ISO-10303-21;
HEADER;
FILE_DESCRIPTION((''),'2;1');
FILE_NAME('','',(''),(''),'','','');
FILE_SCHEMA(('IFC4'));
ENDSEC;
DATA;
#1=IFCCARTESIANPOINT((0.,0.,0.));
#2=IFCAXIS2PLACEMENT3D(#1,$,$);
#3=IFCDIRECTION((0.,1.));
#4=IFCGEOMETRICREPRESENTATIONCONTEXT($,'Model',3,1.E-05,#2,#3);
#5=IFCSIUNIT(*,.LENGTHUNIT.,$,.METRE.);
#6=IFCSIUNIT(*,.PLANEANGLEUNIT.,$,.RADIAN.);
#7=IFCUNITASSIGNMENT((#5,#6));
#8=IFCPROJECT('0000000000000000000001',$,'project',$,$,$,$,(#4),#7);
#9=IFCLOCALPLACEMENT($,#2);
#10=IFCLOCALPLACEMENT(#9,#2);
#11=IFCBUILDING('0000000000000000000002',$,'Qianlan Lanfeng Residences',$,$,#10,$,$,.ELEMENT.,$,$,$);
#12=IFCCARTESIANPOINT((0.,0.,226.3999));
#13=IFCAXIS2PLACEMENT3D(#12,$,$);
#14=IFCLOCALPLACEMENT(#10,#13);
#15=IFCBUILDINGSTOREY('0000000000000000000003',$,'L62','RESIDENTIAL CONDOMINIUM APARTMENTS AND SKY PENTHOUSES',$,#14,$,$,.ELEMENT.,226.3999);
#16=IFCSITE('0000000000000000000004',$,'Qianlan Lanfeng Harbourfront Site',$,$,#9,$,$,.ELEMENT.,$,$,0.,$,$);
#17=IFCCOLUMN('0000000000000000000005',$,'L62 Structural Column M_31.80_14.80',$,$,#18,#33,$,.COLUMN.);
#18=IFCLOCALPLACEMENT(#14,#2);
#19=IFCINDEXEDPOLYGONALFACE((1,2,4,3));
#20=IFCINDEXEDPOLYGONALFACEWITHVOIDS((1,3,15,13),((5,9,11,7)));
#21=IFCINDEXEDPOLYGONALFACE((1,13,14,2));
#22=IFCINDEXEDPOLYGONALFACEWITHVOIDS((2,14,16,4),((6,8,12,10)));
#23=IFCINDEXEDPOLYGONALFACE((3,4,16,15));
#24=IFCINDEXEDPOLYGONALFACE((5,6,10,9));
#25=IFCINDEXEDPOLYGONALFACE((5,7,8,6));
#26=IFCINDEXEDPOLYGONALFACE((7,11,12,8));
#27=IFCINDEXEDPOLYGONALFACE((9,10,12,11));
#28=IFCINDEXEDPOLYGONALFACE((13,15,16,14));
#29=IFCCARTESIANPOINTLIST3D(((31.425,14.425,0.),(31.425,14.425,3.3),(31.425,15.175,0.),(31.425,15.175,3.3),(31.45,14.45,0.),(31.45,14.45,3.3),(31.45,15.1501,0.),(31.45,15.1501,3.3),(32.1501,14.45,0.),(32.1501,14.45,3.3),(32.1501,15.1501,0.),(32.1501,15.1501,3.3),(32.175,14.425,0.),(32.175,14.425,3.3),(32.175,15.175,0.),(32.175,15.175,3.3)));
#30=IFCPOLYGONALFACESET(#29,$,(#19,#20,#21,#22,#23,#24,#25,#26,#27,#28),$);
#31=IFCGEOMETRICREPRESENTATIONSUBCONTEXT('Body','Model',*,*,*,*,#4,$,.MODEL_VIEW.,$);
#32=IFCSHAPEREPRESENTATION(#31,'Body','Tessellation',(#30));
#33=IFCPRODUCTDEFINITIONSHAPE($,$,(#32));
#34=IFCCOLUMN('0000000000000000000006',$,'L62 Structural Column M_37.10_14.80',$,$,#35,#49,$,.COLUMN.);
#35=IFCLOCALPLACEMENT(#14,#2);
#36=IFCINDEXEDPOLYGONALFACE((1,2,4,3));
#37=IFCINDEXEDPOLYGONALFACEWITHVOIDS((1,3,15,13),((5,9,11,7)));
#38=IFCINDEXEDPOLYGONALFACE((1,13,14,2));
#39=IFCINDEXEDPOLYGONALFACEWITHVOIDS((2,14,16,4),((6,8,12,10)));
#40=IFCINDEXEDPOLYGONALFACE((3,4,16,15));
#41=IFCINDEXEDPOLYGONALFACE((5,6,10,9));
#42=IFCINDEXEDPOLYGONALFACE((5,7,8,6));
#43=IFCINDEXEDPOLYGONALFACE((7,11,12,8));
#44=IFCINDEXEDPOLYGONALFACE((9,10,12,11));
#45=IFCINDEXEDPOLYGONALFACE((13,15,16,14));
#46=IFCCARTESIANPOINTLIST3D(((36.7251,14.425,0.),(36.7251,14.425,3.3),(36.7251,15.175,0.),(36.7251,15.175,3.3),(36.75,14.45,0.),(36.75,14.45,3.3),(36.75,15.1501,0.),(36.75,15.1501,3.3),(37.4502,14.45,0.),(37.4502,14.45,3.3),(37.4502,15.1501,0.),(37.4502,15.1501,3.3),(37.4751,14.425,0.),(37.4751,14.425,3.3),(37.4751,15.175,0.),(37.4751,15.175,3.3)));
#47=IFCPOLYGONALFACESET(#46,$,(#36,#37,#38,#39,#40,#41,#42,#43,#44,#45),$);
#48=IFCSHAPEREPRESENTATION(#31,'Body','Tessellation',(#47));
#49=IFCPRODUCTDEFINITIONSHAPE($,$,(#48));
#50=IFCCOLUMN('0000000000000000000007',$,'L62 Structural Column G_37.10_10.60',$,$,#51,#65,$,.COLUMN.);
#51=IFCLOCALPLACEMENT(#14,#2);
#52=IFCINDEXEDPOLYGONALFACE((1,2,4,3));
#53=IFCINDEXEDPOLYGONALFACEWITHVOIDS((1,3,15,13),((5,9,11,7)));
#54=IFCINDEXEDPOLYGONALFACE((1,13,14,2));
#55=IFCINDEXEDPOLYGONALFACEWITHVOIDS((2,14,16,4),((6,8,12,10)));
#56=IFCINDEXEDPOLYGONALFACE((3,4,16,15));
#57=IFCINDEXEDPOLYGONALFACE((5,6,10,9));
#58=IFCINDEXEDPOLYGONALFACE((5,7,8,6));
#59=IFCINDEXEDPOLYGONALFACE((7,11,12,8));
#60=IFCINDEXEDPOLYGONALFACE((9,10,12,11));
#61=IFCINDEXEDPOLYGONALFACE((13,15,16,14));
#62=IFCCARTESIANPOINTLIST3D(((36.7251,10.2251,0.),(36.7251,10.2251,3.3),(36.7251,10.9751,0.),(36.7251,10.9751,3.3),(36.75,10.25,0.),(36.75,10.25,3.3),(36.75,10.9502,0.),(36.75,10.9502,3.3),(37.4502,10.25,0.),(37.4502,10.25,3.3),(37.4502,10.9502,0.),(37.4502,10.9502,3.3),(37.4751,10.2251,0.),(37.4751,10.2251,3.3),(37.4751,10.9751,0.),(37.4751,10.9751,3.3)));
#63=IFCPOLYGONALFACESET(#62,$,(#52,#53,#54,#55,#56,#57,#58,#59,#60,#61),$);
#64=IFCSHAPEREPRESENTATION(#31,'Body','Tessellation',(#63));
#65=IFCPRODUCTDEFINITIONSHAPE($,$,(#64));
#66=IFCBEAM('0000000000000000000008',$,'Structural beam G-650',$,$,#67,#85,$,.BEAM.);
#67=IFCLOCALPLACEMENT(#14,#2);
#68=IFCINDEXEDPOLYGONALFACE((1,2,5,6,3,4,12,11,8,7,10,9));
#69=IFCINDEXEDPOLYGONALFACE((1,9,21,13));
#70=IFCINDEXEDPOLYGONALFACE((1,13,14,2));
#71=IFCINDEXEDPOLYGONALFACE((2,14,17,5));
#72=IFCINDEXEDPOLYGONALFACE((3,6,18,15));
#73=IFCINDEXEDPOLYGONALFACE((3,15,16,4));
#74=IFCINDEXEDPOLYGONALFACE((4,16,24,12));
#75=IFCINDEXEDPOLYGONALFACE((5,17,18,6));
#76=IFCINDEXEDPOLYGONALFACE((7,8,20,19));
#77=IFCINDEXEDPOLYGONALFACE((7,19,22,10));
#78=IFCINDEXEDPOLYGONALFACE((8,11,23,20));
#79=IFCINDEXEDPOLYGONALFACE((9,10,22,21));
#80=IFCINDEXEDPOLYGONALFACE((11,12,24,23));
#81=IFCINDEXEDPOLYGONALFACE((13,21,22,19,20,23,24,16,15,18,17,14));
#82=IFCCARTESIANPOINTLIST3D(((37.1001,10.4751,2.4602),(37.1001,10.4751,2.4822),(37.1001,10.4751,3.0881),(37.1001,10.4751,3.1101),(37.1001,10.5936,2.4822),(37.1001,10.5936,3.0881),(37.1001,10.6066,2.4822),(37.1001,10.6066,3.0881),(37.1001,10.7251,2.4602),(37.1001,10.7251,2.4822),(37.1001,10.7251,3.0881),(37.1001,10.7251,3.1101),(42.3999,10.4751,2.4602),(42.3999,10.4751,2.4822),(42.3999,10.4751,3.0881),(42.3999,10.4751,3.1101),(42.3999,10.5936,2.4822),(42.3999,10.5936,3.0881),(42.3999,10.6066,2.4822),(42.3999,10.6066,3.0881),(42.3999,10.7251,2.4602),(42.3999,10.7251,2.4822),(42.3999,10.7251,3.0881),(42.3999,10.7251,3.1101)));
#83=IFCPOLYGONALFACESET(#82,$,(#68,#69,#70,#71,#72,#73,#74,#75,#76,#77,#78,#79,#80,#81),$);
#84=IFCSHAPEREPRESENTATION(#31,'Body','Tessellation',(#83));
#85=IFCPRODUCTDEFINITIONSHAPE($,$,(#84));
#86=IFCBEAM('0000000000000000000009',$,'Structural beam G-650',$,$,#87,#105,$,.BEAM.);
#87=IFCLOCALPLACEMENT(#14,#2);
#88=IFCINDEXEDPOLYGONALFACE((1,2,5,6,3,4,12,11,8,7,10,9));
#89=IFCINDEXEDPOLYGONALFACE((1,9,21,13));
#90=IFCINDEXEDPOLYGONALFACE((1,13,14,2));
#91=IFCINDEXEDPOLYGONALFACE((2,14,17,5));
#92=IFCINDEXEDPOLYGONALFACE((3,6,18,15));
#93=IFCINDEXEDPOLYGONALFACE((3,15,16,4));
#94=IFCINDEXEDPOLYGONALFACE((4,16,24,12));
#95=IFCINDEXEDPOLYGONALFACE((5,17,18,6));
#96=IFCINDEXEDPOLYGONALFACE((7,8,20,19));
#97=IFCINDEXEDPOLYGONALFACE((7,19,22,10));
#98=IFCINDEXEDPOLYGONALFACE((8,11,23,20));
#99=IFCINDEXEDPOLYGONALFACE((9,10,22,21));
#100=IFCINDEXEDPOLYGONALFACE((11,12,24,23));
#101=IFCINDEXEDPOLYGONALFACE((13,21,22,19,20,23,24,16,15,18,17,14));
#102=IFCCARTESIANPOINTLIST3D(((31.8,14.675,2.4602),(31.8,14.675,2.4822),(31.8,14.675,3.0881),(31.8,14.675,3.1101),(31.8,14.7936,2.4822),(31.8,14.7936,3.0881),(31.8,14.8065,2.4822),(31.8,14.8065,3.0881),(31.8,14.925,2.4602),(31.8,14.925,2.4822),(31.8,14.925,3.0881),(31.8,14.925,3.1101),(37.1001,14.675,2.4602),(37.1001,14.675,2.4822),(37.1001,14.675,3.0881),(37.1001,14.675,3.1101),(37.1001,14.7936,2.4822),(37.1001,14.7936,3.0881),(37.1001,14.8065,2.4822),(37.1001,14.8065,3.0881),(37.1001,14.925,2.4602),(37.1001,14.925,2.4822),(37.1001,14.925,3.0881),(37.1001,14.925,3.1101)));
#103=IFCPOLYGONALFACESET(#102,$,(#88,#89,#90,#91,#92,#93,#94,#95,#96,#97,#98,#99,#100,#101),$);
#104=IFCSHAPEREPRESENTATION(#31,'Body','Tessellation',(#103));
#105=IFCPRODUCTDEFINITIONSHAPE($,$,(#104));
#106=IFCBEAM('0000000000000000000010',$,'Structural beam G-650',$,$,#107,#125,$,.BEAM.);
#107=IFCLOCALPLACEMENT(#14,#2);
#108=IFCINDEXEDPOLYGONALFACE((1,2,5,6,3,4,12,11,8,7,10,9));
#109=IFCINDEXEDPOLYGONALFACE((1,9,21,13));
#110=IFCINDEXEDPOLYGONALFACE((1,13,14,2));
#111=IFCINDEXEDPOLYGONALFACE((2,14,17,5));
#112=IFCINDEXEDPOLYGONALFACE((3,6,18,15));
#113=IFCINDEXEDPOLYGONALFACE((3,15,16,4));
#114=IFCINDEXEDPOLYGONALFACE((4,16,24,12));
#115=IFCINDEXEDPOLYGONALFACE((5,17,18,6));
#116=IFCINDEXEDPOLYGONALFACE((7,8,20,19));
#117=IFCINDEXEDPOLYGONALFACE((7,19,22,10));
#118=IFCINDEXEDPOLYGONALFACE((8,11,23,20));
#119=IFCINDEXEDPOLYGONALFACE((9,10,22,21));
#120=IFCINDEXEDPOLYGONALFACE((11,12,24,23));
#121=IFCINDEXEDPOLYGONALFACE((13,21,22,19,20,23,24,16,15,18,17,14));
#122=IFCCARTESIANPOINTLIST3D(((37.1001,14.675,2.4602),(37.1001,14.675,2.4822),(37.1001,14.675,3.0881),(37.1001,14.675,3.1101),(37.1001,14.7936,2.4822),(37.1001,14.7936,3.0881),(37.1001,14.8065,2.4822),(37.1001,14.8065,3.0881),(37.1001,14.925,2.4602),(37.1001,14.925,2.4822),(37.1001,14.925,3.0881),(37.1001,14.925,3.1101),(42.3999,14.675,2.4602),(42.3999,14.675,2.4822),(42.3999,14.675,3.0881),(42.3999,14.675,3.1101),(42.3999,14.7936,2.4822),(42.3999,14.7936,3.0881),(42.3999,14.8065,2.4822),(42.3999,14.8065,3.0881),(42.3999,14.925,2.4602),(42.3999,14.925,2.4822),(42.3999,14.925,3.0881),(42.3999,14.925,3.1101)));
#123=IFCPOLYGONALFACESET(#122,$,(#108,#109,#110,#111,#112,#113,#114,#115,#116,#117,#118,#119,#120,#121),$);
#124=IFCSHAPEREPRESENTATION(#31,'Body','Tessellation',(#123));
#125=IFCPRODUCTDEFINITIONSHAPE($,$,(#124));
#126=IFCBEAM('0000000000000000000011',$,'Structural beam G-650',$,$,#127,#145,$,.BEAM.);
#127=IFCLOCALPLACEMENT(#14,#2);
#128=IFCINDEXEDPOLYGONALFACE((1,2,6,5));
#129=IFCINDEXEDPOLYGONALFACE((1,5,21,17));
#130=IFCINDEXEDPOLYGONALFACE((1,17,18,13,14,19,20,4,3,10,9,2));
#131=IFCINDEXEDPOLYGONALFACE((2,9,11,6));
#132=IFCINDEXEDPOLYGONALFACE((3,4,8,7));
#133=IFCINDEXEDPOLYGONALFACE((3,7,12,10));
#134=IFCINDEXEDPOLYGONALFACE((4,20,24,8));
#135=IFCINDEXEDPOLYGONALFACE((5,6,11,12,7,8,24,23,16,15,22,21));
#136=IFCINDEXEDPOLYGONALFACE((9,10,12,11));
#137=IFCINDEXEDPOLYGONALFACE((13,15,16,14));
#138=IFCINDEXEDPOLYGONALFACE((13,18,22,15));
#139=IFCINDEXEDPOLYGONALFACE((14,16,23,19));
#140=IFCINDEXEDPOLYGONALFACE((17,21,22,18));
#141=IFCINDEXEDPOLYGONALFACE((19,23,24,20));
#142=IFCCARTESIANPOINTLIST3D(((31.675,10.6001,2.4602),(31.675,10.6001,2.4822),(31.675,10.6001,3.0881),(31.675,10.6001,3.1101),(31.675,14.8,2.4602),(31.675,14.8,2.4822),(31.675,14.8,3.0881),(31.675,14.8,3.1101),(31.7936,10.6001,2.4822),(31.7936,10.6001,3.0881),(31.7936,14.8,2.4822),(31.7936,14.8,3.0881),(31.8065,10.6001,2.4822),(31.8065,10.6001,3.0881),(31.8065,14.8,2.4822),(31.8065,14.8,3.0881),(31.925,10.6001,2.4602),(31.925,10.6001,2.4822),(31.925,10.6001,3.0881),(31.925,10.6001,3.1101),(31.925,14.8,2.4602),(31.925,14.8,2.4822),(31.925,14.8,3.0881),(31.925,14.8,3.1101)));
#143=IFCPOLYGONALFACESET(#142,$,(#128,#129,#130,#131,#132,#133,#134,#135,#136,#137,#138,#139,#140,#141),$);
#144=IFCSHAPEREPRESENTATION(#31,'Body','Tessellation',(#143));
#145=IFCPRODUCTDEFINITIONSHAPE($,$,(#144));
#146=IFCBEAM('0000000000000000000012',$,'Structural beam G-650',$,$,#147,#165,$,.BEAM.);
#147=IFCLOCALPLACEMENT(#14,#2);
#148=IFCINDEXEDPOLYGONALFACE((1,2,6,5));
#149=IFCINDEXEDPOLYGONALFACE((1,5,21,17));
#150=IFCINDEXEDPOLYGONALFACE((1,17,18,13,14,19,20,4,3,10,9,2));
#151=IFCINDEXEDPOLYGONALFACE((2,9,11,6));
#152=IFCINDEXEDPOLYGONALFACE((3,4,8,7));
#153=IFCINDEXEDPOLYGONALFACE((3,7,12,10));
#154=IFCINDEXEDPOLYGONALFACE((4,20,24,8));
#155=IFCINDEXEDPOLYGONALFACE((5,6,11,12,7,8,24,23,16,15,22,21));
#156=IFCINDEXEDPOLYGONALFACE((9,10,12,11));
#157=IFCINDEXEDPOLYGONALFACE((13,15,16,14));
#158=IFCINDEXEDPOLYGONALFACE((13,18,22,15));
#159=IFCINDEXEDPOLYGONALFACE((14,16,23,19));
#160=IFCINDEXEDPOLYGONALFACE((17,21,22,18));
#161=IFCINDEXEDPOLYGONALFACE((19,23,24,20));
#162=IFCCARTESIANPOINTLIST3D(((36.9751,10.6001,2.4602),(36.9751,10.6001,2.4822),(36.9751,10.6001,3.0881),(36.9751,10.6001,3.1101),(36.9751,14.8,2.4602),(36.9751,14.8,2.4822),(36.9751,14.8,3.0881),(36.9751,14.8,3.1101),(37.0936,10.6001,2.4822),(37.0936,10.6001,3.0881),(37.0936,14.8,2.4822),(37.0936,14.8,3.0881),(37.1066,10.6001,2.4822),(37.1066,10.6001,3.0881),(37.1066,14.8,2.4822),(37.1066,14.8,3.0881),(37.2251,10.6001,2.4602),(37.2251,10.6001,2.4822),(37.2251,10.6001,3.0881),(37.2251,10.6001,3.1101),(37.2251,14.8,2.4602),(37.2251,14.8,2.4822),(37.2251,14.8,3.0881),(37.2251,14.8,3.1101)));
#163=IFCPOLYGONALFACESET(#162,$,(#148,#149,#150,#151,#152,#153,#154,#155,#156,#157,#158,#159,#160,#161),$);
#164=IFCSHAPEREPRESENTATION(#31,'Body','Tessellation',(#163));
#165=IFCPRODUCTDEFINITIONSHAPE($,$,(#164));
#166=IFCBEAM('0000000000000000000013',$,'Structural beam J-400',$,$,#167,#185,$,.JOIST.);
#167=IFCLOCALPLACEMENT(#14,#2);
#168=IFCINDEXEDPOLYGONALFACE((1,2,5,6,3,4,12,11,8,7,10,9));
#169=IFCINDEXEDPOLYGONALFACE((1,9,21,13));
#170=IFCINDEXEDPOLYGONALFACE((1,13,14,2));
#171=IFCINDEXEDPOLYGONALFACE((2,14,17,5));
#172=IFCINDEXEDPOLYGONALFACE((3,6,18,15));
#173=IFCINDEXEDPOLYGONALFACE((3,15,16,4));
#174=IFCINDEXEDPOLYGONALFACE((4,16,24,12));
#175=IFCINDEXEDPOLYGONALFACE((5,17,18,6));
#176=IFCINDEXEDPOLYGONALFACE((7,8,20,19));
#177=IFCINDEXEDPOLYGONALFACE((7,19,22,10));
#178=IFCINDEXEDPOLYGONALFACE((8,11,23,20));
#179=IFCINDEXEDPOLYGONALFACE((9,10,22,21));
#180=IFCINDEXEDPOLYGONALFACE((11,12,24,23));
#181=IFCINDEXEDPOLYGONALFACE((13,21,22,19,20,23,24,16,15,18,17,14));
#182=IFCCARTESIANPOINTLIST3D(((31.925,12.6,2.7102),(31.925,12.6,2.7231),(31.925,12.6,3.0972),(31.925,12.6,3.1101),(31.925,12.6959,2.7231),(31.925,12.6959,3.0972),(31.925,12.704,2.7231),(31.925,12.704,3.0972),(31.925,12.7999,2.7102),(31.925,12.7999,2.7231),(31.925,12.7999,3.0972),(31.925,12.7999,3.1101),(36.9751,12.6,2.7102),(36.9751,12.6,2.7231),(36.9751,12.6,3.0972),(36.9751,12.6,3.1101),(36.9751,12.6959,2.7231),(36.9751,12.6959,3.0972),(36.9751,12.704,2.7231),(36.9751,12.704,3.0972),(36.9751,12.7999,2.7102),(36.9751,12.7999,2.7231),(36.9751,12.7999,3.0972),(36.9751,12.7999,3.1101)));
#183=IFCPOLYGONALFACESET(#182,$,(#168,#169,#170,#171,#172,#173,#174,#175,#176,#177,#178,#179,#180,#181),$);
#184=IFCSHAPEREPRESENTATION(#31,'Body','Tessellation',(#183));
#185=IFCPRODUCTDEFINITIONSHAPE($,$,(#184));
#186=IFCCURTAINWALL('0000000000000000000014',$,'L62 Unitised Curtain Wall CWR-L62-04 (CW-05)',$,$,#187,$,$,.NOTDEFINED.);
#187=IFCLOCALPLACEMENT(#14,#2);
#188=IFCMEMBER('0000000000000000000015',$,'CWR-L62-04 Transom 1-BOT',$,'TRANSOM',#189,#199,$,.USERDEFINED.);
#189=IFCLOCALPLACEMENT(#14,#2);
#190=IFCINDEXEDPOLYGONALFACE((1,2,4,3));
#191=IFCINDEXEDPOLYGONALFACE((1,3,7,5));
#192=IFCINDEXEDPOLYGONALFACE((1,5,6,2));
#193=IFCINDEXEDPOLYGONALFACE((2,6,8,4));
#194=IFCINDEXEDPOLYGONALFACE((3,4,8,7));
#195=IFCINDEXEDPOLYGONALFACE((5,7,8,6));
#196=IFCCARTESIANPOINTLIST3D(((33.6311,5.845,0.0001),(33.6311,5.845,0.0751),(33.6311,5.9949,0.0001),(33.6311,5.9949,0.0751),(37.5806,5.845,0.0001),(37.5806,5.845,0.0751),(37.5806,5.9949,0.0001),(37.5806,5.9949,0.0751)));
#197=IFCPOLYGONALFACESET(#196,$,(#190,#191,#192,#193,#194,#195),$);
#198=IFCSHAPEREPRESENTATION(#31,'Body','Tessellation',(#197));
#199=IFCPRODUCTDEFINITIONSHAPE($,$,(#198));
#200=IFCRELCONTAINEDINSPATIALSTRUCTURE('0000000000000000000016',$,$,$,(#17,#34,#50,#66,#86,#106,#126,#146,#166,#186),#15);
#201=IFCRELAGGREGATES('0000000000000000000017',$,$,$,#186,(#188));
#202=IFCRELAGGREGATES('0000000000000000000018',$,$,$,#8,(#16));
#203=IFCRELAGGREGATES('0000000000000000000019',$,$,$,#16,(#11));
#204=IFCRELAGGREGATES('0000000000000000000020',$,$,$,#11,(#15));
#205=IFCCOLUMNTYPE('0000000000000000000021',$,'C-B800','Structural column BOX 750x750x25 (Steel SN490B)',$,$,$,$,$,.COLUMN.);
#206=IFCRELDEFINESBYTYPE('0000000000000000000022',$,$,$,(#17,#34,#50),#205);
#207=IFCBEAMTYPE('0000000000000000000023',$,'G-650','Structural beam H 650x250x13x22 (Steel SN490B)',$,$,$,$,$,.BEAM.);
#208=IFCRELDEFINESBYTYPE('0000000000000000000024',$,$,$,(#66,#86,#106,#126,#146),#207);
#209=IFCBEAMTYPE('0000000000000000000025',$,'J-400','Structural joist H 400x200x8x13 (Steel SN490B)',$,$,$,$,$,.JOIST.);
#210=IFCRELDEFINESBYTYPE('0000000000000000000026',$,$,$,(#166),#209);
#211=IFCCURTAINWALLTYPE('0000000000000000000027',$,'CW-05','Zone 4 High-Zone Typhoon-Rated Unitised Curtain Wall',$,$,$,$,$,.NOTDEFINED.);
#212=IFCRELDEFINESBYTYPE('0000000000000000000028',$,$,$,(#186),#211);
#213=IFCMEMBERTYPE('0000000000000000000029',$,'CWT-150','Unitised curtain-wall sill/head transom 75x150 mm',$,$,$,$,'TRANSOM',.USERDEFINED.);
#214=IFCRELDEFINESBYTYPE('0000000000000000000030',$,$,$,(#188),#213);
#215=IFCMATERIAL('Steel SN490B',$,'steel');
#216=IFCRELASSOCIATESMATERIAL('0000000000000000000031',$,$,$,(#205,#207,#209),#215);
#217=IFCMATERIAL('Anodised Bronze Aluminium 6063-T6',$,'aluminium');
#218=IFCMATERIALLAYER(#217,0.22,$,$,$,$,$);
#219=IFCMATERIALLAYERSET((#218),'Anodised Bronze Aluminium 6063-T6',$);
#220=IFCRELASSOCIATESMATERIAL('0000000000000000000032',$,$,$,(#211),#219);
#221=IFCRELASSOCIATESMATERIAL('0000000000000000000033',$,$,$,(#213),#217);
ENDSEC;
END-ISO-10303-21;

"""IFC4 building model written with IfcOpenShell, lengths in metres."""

from ifc_helpers import new_model, si_unit, direction, frame, origin, origin_2d, place, context, subcontext, project, spatial, rectangle, hollow_rectangle, i_section, extrude, source, transform, mapped, material, layer, layer_set, material_profile, profile_set, type_object, element, aggregate, save


model = new_model("IFC4")

# Units and contexts
model_context = context("Model", 3, precision=1e-05, world=origin(), true_north=direction((0.0, 1.0)))
body_context = subcontext(model_context, "Body", "Model", "MODEL_VIEW")
ifc_project = project(units=[si_unit("LENGTHUNIT", "METRE"), si_unit("PLANEANGLEUNIT", "RADIAN")], contexts=[model_context])

# Site, building, storey
site_placement = place(None, origin())
site = spatial("IfcSite", under=ifc_project, at=site_placement, Name="Qianlan Lanfeng Harbourfront Site", CompositionType="ELEMENT", RefElevation=0.0)
building_placement = place(site_placement, origin())
building = spatial("IfcBuilding", under=site, at=building_placement, Name="Qianlan Lanfeng Residences", CompositionType="ELEMENT")
storey_placement = place(building_placement, frame((0.0, 0.0, 226.3999)))
storey = spatial("IfcBuildingStorey", under=building, at=storey_placement, Name="L62", Description="RESIDENTIAL CONDOMINIUM APARTMENTS AND SKY PENTHOUSES", CompositionType="ELEMENT", Elevation=226.3999)

# Columns
ifc_material_1 = material(Name="Steel SN490B", Category="steel")
ifc_material_profile_1 = material_profile(ifc_material_1, hollow_rectangle(XDim=0.75, YDim=0.75, WallThickness=0.0249, at=origin_2d()), Name="BOX 750x750x25")
ifc_profile_set_1 = profile_set([ifc_material_profile_1], Name="Steel SN490B")
column_type = type_object("IfcColumnType", Name="C-B800", Description="Structural column BOX 750x750x25 (Steel SN490B)", PredefinedType="COLUMN", material=ifc_profile_set_1)
for number, where, z_axis, x_axis, name in (
    (1, (31.8, 14.8, 0.0), (0.0, 0.0, 1.0), (1.0, 0.0, 0.0), "L62 Structural Column M_31.80_14.80"),
    (2, (37.1001, 14.8, 0.0), (0.0, 0.0, 1.0), (1.0, 0.0, 0.0), "L62 Structural Column M_37.10_14.80"),
    (3, (37.1001, 10.6001, 0.0), (0.0, 0.0, 1.0), (1.0, 0.0, 0.0), "L62 Structural Column G_37.10_10.60"),
):
    element("IfcColumn", number, at=place(storey_placement, frame(where, z_axis=z_axis, x_axis=x_axis)), inside=storey, type_object=column_type, Name=name, PredefinedType="COLUMN", context=body_context, shape_type="SweptSolid", body=[
        extrude(hollow_rectangle(XDim=0.75, YDim=0.75, WallThickness=0.0249, at=origin_2d()), origin(), (0.0, 0.0, 1.0), 3.3),
    ])

# Beams
ifc_material_profile_2 = material_profile(ifc_material_1, i_section(OverallWidth=0.25, OverallDepth=0.6499, WebThickness=0.0129, FlangeThickness=0.022, at=origin_2d()), Name="H 650x250x13x22")
ifc_profile_set_2 = profile_set([ifc_material_profile_2], Name="Steel SN490B")
beam_type_1 = type_object("IfcBeamType", Name="G-650", Description="Structural beam H 650x250x13x22 (Steel SN490B)", PredefinedType="BEAM", material=ifc_profile_set_2)
beam_1_placement = place(storey_placement, frame((37.1001, 10.6001, 2.7852), z_axis=(1.0, 0.0, 0.0), x_axis=(0.0, 1.0, 0.0)))
element("IfcBeam", 4, at=beam_1_placement, inside=storey, type_object=beam_type_1, Name="Structural beam G-650", PredefinedType="BEAM", context=body_context, shape_type="SweptSolid", body=[
    extrude(i_section(OverallWidth=0.25, OverallDepth=0.6499, WebThickness=0.0129, FlangeThickness=0.022, at=origin_2d()), origin(), (0.0, 0.0, 1.0), 5.2998),
])
beam_2_placement = place(storey_placement, frame((31.8, 14.8, 2.7852), z_axis=(1.0, 0.0, 0.0), x_axis=(0.0, 1.0, 0.0)))
element("IfcBeam", 5, at=beam_2_placement, inside=storey, type_object=beam_type_1, Name="Structural beam G-650", PredefinedType="BEAM", context=body_context, shape_type="SweptSolid", body=[
    extrude(i_section(OverallWidth=0.25, OverallDepth=0.6499, WebThickness=0.0129, FlangeThickness=0.022, at=origin_2d()), origin(), (0.0, 0.0, 1.0), 5.3),
])
beam_3_placement = place(storey_placement, frame((37.1001, 14.8, 2.7852), z_axis=(1.0, 0.0, 0.0), x_axis=(0.0, 1.0, 0.0)))
element("IfcBeam", 6, at=beam_3_placement, inside=storey, type_object=beam_type_1, Name="Structural beam G-650", PredefinedType="BEAM", context=body_context, shape_type="SweptSolid", body=[
    extrude(i_section(OverallWidth=0.25, OverallDepth=0.6499, WebThickness=0.0129, FlangeThickness=0.022, at=origin_2d()), origin(), (0.0, 0.0, 1.0), 5.2998),
])
for number, where, z_axis, x_axis, name in (
    (7, (31.8, 10.6001, 2.7852), (0.0, 1.0, 0.0), (-1.0, 0.0, 0.0), "Structural beam G-650"),
    (8, (37.1001, 10.6001, 2.7852), (0.0, 1.0, 0.0), (-1.0, 0.0, 0.0), "Structural beam G-650"),
):
    element("IfcBeam", number, at=place(storey_placement, frame(where, z_axis=z_axis, x_axis=x_axis)), inside=storey, type_object=beam_type_1, Name=name, PredefinedType="BEAM", context=body_context, shape_type="SweptSolid", body=[
        extrude(i_section(OverallWidth=0.25, OverallDepth=0.6499, WebThickness=0.0129, FlangeThickness=0.022, at=origin_2d()), origin(), (0.0, 0.0, 1.0), 4.2),
    ])
ifc_material_profile_3 = material_profile(ifc_material_1, i_section(OverallWidth=0.2, OverallDepth=0.3999, WebThickness=0.0081, FlangeThickness=0.0129, at=origin_2d()), Name="H 400x200x8x13")
ifc_profile_set_3 = profile_set([ifc_material_profile_3], Name="Steel SN490B")
beam_type_2 = type_object("IfcBeamType", Name="J-400", Description="Structural joist H 400x200x8x13 (Steel SN490B)", PredefinedType="JOIST", material=ifc_profile_set_3)
beam_4_placement = place(storey_placement, frame((31.925, 12.7, 2.9102), z_axis=(1.0, 0.0, 0.0), x_axis=(0.0, 1.0, 0.0)))
element("IfcBeam", 9, at=beam_4_placement, inside=storey, type_object=beam_type_2, Name="Structural beam J-400", PredefinedType="JOIST", context=body_context, shape_type="SweptSolid", body=[
    extrude(i_section(OverallWidth=0.2, OverallDepth=0.3999, WebThickness=0.0081, FlangeThickness=0.0129, at=origin_2d()), origin(), (0.0, 0.0, 1.0), 5.05),
])

# Curtain wall, member
ifc_material_2 = material(Name="Anodised Bronze Aluminium 6063-T6", Category="aluminium")
ifc_layer_1 = layer(ifc_material_2, 0.22)
ifc_layer_set_1 = layer_set([ifc_layer_1], Name="Anodised Bronze Aluminium 6063-T6")
curtain_wall_type = type_object("IfcCurtainWallType", Name="CW-05", Description="Zone 4 High-Zone Typhoon-Rated Unitised Curtain Wall", PredefinedType="NOTDEFINED", material=ifc_layer_set_1)
curtain_wall_1_placement = place(storey_placement, origin())
curtain_wall_1 = element("IfcCurtainWall", 10, at=curtain_wall_1_placement, inside=storey, type_object=curtain_wall_type, Name="L62 Unitised Curtain Wall CWR-L62-04 (CW-05)", PredefinedType="NOTDEFINED")
ifc_material_profile_4 = material_profile(ifc_material_2, rectangle(XDim=0.075, YDim=0.1499, at=origin_2d()), Name="ALU TRANSOM 75x150")
ifc_profile_set_4 = profile_set([ifc_material_profile_4], Name="Anodised Bronze Aluminium 6063-T6")
member_type_1 = type_object("IfcMemberType", Name="CWT-150", Description="Unitised curtain-wall sill/head transom 75x150 mm", ElementType="TRANSOM", PredefinedType="USERDEFINED", material=ifc_profile_set_4)
shared_shape_1 = source(origin(), body_context, "Body", "SweptSolid", [
    extrude(rectangle(XDim=0.075, YDim=0.1499, at=origin_2d()), origin(), (0.0, 0.0, 1.0), 3.9495),
])
member_1_placement = place(storey_placement, frame((33.6311, 5.9199, 0.0376), z_axis=(1.0, 0.0, 0.0), x_axis=(0.0, 0.0, 1.0)))
member_1 = element("IfcMember", 11, at=member_1_placement, type_object=member_type_1, Name="CWR-L62-04 Transom 1-BOT", ObjectType="TRANSOM", PredefinedType="USERDEFINED", context=body_context, shape_type="MappedRepresentation", body=[
    mapped(shared_shape_1, transform((0.0, 0.0, 0.0), scale=1.0)),
])

aggregate(curtain_wall_1, [member_1])

save(model, "model.ifc")
